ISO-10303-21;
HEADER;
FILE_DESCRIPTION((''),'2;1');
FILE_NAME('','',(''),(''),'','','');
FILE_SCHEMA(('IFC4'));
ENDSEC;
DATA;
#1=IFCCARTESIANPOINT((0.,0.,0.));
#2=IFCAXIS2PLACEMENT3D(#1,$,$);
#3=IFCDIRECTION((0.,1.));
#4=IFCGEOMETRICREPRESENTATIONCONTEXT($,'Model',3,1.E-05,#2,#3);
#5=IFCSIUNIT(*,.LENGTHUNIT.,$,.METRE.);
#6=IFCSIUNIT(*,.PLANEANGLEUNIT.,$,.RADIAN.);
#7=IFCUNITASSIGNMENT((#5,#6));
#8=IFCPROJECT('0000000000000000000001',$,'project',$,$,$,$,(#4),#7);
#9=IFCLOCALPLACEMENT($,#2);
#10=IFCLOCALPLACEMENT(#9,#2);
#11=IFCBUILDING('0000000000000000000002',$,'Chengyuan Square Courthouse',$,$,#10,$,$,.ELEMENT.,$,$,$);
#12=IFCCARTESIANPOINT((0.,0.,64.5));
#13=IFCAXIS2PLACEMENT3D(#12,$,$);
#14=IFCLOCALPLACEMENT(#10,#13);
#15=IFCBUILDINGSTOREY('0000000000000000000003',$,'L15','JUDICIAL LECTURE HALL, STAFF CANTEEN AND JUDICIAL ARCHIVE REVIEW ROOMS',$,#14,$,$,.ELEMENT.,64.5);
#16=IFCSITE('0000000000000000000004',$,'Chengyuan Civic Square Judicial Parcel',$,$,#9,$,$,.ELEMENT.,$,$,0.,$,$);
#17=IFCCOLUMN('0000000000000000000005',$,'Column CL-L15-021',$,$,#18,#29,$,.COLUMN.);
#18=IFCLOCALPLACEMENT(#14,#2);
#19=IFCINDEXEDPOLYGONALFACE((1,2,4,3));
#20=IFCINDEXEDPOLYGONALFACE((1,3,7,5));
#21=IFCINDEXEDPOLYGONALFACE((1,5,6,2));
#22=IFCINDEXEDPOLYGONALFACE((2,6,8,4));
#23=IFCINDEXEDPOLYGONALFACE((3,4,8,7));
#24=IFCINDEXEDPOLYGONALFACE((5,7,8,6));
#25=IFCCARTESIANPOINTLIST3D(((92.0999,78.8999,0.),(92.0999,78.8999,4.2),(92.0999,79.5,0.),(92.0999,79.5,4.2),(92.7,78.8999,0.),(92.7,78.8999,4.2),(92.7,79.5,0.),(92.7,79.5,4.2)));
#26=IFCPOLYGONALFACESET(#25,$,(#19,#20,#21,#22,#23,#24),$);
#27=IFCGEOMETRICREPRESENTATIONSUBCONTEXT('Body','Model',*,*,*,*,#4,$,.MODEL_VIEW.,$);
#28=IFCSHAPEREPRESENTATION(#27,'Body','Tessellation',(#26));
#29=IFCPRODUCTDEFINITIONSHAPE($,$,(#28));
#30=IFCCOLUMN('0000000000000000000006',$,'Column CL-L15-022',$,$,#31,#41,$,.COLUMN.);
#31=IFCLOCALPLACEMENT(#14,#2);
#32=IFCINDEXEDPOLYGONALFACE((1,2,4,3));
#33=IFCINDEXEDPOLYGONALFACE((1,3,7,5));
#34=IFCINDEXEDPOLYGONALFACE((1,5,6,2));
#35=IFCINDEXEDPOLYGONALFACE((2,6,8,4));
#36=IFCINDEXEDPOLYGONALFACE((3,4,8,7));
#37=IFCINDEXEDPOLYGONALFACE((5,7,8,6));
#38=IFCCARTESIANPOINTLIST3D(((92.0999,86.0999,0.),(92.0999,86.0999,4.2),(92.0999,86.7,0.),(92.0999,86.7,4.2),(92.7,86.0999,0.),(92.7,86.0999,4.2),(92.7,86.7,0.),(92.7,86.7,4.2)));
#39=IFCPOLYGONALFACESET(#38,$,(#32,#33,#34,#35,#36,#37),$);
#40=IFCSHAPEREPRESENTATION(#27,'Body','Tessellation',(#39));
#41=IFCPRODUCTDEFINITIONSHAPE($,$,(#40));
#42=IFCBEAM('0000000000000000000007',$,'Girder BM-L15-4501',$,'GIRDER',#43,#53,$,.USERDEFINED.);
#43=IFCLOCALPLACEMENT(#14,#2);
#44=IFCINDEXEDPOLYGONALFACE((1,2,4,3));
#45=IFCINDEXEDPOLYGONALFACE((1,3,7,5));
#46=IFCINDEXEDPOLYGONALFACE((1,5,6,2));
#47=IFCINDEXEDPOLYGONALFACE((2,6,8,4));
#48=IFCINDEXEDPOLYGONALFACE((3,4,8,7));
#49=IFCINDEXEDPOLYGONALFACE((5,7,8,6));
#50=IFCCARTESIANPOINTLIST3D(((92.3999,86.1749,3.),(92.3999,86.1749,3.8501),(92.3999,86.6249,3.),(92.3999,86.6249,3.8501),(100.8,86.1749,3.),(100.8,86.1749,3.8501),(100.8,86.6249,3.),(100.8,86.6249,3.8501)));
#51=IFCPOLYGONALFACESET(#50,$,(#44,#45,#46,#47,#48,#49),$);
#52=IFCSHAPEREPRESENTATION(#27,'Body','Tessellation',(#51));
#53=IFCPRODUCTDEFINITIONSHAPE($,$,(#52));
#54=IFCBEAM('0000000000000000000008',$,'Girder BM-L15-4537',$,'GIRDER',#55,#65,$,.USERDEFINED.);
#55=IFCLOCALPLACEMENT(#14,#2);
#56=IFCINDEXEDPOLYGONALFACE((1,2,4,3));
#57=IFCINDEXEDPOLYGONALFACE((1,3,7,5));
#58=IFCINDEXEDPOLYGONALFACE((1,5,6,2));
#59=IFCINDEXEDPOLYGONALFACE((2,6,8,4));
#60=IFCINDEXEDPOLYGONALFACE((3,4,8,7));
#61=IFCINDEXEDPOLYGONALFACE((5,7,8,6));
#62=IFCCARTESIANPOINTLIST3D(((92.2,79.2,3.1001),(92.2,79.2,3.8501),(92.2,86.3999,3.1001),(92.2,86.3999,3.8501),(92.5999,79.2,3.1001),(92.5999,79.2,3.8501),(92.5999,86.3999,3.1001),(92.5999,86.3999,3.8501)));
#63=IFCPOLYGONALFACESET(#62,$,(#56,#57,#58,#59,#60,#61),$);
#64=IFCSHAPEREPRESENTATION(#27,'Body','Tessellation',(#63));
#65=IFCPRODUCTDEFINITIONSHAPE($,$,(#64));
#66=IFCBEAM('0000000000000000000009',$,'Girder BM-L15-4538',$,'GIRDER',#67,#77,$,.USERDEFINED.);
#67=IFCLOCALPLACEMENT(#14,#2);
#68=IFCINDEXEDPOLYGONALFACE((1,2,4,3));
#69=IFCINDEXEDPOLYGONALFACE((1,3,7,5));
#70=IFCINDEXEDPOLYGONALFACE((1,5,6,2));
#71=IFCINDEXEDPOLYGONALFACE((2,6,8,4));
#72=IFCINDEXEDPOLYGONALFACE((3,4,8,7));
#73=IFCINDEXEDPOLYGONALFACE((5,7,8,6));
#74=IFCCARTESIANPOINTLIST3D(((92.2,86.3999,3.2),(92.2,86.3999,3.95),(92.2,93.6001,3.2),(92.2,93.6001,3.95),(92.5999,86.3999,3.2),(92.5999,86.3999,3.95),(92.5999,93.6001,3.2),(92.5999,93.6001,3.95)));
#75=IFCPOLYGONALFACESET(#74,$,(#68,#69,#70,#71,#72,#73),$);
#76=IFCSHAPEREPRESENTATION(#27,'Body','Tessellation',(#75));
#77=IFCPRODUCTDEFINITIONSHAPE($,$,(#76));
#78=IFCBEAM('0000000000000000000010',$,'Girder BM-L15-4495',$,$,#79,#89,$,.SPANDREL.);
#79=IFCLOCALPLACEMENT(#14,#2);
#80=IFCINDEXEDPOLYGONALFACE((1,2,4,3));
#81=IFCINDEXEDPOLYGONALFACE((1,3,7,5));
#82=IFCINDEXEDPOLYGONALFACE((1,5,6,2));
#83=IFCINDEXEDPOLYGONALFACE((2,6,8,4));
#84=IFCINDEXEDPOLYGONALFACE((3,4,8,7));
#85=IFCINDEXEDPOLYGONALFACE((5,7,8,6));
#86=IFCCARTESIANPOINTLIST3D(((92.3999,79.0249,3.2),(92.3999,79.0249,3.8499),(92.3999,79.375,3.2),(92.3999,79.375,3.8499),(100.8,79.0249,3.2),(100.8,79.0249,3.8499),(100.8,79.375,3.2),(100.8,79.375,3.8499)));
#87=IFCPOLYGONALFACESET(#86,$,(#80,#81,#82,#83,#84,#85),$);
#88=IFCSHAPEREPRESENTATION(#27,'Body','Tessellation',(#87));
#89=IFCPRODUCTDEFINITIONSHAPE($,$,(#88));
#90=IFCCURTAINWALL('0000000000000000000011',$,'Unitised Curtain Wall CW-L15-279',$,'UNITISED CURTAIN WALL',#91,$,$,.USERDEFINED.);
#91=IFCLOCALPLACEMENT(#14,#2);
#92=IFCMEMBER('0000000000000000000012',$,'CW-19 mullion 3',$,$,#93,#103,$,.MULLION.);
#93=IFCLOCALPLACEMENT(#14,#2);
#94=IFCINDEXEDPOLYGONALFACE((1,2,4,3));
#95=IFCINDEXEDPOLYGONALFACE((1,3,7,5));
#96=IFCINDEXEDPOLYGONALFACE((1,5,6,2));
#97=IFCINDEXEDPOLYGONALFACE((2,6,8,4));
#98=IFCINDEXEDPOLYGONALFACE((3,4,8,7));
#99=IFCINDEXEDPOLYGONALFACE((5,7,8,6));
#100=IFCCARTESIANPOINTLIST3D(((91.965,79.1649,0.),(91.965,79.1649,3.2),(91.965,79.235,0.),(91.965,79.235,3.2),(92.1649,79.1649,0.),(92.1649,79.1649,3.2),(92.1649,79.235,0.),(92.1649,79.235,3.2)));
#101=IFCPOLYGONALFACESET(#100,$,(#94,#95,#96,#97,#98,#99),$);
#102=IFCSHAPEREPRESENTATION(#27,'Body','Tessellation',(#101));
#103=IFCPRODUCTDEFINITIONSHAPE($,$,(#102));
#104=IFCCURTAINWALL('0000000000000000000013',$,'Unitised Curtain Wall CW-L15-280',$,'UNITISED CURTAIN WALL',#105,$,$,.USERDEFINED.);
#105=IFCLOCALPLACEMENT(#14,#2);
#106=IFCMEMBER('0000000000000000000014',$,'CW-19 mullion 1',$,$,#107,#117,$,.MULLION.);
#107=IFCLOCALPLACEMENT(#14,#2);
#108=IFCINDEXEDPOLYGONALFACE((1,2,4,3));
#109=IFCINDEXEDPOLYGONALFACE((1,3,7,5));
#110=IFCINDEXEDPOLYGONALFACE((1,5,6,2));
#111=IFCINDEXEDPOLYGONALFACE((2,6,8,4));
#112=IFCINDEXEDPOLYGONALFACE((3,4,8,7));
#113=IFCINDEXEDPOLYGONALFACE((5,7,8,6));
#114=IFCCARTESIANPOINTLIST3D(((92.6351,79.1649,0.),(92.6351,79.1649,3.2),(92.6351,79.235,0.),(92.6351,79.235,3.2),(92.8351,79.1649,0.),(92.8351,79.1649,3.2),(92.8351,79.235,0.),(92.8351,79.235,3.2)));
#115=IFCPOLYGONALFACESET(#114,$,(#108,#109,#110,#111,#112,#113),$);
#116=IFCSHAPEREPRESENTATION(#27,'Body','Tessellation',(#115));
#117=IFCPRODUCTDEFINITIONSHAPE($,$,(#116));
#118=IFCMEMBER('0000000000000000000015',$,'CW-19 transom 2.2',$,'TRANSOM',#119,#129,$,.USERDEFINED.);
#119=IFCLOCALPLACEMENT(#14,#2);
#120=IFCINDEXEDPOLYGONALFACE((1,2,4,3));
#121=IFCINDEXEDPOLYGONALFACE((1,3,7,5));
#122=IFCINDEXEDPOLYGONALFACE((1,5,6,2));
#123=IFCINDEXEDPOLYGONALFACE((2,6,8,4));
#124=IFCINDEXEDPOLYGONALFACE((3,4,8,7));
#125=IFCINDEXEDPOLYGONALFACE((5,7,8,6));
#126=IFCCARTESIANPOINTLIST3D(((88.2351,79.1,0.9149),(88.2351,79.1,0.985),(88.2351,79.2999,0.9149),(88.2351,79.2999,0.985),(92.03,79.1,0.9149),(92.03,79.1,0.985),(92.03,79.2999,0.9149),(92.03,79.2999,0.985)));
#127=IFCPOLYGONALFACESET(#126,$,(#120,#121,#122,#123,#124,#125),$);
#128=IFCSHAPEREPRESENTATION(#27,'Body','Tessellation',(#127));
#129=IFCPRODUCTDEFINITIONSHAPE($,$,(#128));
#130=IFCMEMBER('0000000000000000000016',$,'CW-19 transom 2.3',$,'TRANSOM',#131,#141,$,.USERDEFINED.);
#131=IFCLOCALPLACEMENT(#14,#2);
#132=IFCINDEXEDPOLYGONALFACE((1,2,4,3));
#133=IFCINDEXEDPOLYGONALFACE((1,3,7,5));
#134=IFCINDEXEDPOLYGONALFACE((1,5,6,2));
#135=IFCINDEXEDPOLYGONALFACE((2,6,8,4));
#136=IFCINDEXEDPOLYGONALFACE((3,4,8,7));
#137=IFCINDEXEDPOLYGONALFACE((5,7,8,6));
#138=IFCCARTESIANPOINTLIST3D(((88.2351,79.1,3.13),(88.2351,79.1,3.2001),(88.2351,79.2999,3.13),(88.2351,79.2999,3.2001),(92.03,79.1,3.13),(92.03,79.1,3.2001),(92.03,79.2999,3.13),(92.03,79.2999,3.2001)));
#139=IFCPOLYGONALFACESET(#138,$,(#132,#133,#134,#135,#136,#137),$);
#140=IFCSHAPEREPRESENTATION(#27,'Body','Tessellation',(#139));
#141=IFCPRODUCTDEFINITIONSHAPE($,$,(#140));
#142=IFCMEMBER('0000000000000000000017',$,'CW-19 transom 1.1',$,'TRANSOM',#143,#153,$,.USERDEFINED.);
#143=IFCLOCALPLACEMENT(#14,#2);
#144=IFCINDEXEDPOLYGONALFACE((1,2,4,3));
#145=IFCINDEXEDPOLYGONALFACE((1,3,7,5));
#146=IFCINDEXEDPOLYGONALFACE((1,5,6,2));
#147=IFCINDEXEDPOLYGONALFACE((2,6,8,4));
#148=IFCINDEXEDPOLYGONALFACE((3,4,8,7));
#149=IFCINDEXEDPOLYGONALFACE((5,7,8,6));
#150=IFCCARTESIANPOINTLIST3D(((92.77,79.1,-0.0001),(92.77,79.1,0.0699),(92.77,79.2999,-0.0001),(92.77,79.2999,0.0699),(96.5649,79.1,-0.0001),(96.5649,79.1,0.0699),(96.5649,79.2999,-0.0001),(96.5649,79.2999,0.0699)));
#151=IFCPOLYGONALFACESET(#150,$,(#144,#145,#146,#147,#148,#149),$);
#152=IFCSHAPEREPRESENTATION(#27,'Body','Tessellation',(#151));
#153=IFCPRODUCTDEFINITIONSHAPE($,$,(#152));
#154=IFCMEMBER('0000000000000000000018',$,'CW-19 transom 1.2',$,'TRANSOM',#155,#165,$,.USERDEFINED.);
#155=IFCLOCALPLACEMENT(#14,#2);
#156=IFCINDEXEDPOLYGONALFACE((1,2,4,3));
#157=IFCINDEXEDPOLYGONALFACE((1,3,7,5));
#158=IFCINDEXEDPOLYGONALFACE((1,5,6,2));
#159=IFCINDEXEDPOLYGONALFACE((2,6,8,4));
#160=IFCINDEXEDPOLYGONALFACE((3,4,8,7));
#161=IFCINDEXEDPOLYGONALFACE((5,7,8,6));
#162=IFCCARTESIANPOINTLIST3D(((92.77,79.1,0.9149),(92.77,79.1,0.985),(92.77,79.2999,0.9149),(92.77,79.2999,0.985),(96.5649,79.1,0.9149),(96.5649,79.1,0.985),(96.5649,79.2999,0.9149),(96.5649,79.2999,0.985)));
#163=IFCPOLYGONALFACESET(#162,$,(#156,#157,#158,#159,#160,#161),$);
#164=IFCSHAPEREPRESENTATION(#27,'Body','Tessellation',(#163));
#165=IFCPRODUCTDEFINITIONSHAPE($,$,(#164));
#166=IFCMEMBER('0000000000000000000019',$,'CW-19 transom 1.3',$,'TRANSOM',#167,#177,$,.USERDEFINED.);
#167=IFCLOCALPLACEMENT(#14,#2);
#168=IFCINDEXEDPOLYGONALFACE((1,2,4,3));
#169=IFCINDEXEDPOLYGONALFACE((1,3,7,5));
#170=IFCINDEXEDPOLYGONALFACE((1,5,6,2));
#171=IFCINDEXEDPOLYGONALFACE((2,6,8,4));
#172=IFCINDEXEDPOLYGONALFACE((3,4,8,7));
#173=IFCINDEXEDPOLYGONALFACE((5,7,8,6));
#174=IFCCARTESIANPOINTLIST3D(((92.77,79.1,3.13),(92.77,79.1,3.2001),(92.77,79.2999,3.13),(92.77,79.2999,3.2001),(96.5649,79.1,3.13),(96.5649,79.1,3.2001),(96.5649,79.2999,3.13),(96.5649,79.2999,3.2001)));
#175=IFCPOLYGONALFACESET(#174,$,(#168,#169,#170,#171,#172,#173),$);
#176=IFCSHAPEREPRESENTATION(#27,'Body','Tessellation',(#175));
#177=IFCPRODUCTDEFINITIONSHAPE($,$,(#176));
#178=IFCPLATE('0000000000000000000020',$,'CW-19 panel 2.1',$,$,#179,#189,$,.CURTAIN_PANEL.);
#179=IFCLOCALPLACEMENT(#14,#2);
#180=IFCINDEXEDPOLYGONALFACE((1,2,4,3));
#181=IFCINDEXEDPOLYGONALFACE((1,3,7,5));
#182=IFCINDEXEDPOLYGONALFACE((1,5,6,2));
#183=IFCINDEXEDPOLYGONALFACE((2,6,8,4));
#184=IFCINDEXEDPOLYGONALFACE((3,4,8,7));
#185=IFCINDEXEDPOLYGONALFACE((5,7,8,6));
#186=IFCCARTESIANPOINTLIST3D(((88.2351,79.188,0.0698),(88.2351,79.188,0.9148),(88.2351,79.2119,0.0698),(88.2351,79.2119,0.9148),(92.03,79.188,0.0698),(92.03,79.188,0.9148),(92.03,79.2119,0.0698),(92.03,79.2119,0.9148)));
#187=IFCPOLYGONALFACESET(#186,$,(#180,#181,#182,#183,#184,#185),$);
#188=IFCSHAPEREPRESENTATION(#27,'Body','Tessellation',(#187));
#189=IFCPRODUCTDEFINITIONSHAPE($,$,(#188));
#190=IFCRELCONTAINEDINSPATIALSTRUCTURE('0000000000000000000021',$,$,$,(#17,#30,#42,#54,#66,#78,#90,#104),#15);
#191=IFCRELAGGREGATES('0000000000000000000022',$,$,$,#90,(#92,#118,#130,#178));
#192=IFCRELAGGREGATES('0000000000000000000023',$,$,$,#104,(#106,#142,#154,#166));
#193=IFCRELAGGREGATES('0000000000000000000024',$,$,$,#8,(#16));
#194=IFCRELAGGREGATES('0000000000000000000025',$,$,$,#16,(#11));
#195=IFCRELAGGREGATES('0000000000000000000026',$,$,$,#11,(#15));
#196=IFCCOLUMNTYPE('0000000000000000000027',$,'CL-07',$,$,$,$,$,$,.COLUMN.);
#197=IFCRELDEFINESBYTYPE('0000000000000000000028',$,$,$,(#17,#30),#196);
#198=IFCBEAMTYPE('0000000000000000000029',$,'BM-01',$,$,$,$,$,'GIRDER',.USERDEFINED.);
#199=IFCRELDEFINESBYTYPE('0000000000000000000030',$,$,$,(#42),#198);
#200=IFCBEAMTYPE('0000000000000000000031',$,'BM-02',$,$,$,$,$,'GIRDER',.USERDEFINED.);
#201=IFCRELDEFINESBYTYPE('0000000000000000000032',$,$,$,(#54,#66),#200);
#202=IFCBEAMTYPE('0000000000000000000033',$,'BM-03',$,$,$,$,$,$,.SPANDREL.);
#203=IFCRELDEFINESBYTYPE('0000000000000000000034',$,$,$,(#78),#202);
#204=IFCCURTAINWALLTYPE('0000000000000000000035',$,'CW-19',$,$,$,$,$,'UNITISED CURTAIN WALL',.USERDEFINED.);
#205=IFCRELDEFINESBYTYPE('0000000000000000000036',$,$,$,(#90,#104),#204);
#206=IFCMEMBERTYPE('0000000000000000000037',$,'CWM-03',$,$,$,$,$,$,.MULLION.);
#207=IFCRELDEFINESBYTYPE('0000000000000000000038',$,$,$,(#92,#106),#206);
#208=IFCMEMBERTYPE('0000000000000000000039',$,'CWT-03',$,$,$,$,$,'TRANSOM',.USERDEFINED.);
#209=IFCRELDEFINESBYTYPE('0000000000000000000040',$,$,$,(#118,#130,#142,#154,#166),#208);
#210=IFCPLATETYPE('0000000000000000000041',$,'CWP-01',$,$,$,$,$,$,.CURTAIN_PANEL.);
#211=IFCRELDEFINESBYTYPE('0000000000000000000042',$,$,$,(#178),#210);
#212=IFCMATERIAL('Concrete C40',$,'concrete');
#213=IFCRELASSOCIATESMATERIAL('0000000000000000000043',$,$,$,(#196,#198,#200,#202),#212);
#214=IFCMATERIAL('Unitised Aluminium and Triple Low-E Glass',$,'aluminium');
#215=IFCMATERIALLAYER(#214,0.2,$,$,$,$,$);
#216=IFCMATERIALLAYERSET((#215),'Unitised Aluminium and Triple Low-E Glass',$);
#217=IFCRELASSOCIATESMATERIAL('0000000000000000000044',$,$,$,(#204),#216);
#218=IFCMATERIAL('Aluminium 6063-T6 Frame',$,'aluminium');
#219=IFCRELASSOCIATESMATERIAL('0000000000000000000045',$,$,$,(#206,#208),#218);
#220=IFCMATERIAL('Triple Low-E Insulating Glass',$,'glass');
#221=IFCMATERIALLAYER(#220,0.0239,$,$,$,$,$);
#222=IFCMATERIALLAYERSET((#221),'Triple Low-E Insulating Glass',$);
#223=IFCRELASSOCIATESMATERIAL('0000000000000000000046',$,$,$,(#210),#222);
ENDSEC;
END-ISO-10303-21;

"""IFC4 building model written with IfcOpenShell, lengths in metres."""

from ifc_helpers import new_model, si_unit, direction, frame, origin, origin_2d, place, context, subcontext, project, spatial, rectangle, extrude, material, layer, layer_set, material_profile, profile_set, type_object, element, aggregate, save


model = new_model("IFC4")

# Units and contexts
model_context = context("Model", 3, precision=1e-05, world=origin(), true_north=direction((0.0, 1.0)))
body_context = subcontext(model_context, "Body", "Model", "MODEL_VIEW")
ifc_project = project(units=[si_unit("LENGTHUNIT", "METRE"), si_unit("PLANEANGLEUNIT", "RADIAN")], contexts=[model_context])

# Site, building, storey
site_placement = place(None, origin())
site = spatial("IfcSite", under=ifc_project, at=site_placement, Name="Chengyuan Civic Square Judicial Parcel", CompositionType="ELEMENT", RefElevation=0.0)
building_placement = place(site_placement, origin())
building = spatial("IfcBuilding", under=site, at=building_placement, Name="Chengyuan Square Courthouse", CompositionType="ELEMENT")
storey_placement = place(building_placement, frame((0.0, 0.0, 64.5)))
storey = spatial("IfcBuildingStorey", under=building, at=storey_placement, Name="L15", Description="JUDICIAL LECTURE HALL, STAFF CANTEEN AND JUDICIAL ARCHIVE REVIEW ROOMS", CompositionType="ELEMENT", Elevation=64.5)

# Columns
ifc_material_1 = material(Name="Concrete C40", Category="concrete")
ifc_material_profile_1 = material_profile(ifc_material_1, rectangle(XDim=0.6001, YDim=0.6001, at=origin_2d()), Name="RC-COL-600x600")
ifc_profile_set_1 = profile_set([ifc_material_profile_1], Name="Concrete C40")
column_type = type_object("IfcColumnType", Name="CL-07", PredefinedType="COLUMN", material=ifc_profile_set_1)
for number, where, z_axis, x_axis, name in (
    (1, (92.3999, 79.2, 0.0), (0.0, 0.0, 1.0), (1.0, 0.0, 0.0), "Column CL-L15-021"),
    (2, (92.3999, 86.3999, 0.0), (0.0, 0.0, 1.0), (1.0, 0.0, 0.0), "Column CL-L15-022"),
):
    element("IfcColumn", number, at=place(storey_placement, frame(where, z_axis=z_axis, x_axis=x_axis)), inside=storey, type_object=column_type, Name=name, PredefinedType="COLUMN", context=body_context, shape_type="SweptSolid", body=[
        extrude(rectangle(XDim=0.6001, YDim=0.6001, at=origin_2d()), origin(), (0.0, 0.0, 1.0), 4.2),
    ])

# Beams
ifc_material_profile_2 = material_profile(ifc_material_1, rectangle(XDim=0.45, YDim=0.8501, at=origin_2d()), Name="RC-BM-450x850")
ifc_profile_set_2 = profile_set([ifc_material_profile_2], Name="Concrete C40")
beam_type_1 = type_object("IfcBeamType", Name="BM-01", ElementType="GIRDER", PredefinedType="USERDEFINED", material=ifc_profile_set_2)
beam_1_placement = place(storey_placement, frame((92.3999, 86.3999, 3.425), z_axis=(1.0, 0.0, 0.0), x_axis=(0.0, 1.0, 0.0)))
element("IfcBeam", 3, at=beam_1_placement, inside=storey, type_object=beam_type_1, Name="Girder BM-L15-4501", ObjectType="GIRDER", PredefinedType="USERDEFINED", context=body_context, shape_type="SweptSolid", body=[
    extrude(rectangle(XDim=0.45, YDim=0.8501, at=origin_2d()), origin(), (0.0, 0.0, 1.0), 8.4001),
])
ifc_material_profile_3 = material_profile(ifc_material_1, rectangle(XDim=0.3999, YDim=0.75, at=origin_2d()), Name="RC-BM-400x750")
ifc_profile_set_3 = profile_set([ifc_material_profile_3], Name="Concrete C40")
beam_type_2 = type_object("IfcBeamType", Name="BM-02", ElementType="GIRDER", PredefinedType="USERDEFINED", material=ifc_profile_set_3)
beam_2_placement = place(storey_placement, frame((92.3999, 79.2, 3.4751), z_axis=(0.0, 1.0, 0.0), x_axis=(-1.0, 0.0, 0.0)))
element("IfcBeam", 4, at=beam_2_placement, inside=storey, type_object=beam_type_2, Name="Girder BM-L15-4537", ObjectType="GIRDER", PredefinedType="USERDEFINED", context=body_context, shape_type="SweptSolid", body=[
    extrude(rectangle(XDim=0.3999, YDim=0.75, at=origin_2d()), origin(), (0.0, 0.0, 1.0), 7.2),
])
beam_3_placement = place(storey_placement, frame((92.3999, 86.3999, 3.575), z_axis=(0.0, 1.0, 0.0), x_axis=(-1.0, 0.0, 0.0)))
element("IfcBeam", 5, at=beam_3_placement, inside=storey, type_object=beam_type_2, Name="Girder BM-L15-4538", ObjectType="GIRDER", PredefinedType="USERDEFINED", context=body_context, shape_type="SweptSolid", body=[
    extrude(rectangle(XDim=0.3999, YDim=0.75, at=origin_2d()), origin(), (0.0, 0.0, 1.0), 7.2002),
])
ifc_material_profile_4 = material_profile(ifc_material_1, rectangle(XDim=0.3501, YDim=0.6499, at=origin_2d()), Name="RC-BM-350x650")
ifc_profile_set_4 = profile_set([ifc_material_profile_4], Name="Concrete C40")
beam_type_3 = type_object("IfcBeamType", Name="BM-03", PredefinedType="SPANDREL", material=ifc_profile_set_4)
beam_4_placement = place(storey_placement, frame((92.3999, 79.2, 3.5249), z_axis=(1.0, 0.0, 0.0), x_axis=(0.0, 1.0, 0.0)))
element("IfcBeam", 6, at=beam_4_placement, inside=storey, type_object=beam_type_3, Name="Girder BM-L15-4495", PredefinedType="SPANDREL", context=body_context, shape_type="SweptSolid", body=[
    extrude(rectangle(XDim=0.3501, YDim=0.6499, at=origin_2d()), origin(), (0.0, 0.0, 1.0), 8.4001),
])

# Curtain walls, members
ifc_material_2 = material(Name="Unitised Aluminium and Triple Low-E Glass", Category="aluminium")
ifc_layer_1 = layer(ifc_material_2, 0.2)
ifc_layer_set_1 = layer_set([ifc_layer_1], Name="Unitised Aluminium and Triple Low-E Glass")
curtain_wall_type = type_object("IfcCurtainWallType", Name="CW-19", ElementType="UNITISED CURTAIN WALL", PredefinedType="USERDEFINED", material=ifc_layer_set_1)
curtain_wall_1_placement = place(storey_placement, origin())
curtain_wall_1 = element("IfcCurtainWall", 7, at=curtain_wall_1_placement, inside=storey, type_object=curtain_wall_type, Name="Unitised Curtain Wall CW-L15-279", ObjectType="UNITISED CURTAIN WALL", PredefinedType="USERDEFINED")
ifc_material_3 = material(Name="Aluminium 6063-T6 Frame", Category="aluminium")
ifc_material_profile_5 = material_profile(ifc_material_3, rectangle(XDim=0.0701, YDim=0.2, at=origin_2d()), Name="CW-MUL-70x200")
ifc_profile_set_5 = profile_set([ifc_material_profile_5], Name="Aluminium 6063-T6 Frame")
member_type_1 = type_object("IfcMemberType", Name="CWM-03", PredefinedType="MULLION", material=ifc_profile_set_5)
member_1_placement = place(storey_placement, frame((92.0649, 79.2, 0.0), z_axis=(0.0, 0.0, 1.0), x_axis=(0.0, 1.0, 0.0)))
member_1 = element("IfcMember", 8, at=member_1_placement, type_object=member_type_1, Name="CW-19 mullion 3", PredefinedType="MULLION", context=body_context, shape_type="SweptSolid", body=[
    extrude(rectangle(XDim=0.0701, YDim=0.2, at=origin_2d()), origin(), (0.0, 0.0, 1.0), 3.2),
])
curtain_wall_2_placement = place(storey_placement, origin())
curtain_wall_2 = element("IfcCurtainWall", 9, at=curtain_wall_2_placement, inside=storey, type_object=curtain_wall_type, Name="Unitised Curtain Wall CW-L15-280", ObjectType="UNITISED CURTAIN WALL", PredefinedType="USERDEFINED")
member_2_placement = place(storey_placement, frame((92.7351, 79.2, 0.0), z_axis=(0.0, 0.0, 1.0), x_axis=(0.0, 1.0, 0.0)))
member_2 = element("IfcMember", 10, at=member_2_placement, type_object=member_type_1, Name="CW-19 mullion 1", PredefinedType="MULLION", context=body_context, shape_type="SweptSolid", body=[
    extrude(rectangle(XDim=0.0701, YDim=0.2, at=origin_2d()), origin(), (0.0, 0.0, 1.0), 3.2),
])

# Members
ifc_material_profile_6 = material_profile(ifc_material_3, rectangle(XDim=0.2, YDim=0.0701, at=origin_2d()), Name="CW-TRN-70x160")
ifc_profile_set_6 = profile_set([ifc_material_profile_6], Name="Aluminium 6063-T6 Frame")
member_type_2 = type_object("IfcMemberType", Name="CWT-03", ElementType="TRANSOM", PredefinedType="USERDEFINED", material=ifc_profile_set_6)
member_3_placement = place(storey_placement, frame((88.2351, 79.2, 0.95), z_axis=(1.0, 0.0, 0.0), x_axis=(0.0, 1.0, 0.0)))
member_3 = element("IfcMember", 11, at=member_3_placement, type_object=member_type_2, Name="CW-19 transom 2.2", ObjectType="TRANSOM", PredefinedType="USERDEFINED", context=body_context, shape_type="SweptSolid", body=[
    extrude(rectangle(XDim=0.2, YDim=0.0701, at=origin_2d()), origin(), (0.0, 0.0, 1.0), 3.7949),
])
member_4_placement = place(storey_placement, frame((88.2351, 79.2, 3.165), z_axis=(1.0, 0.0, 0.0), x_axis=(0.0, 1.0, 0.0)))
member_4 = element("IfcMember", 12, at=member_4_placement, type_object=member_type_2, Name="CW-19 transom 2.3", ObjectType="TRANSOM", PredefinedType="USERDEFINED", context=body_context, shape_type="SweptSolid", body=[
    extrude(rectangle(XDim=0.2, YDim=0.0701, at=origin_2d()), origin(), (0.0, 0.0, 1.0), 3.7949),
])
member_5_placement = place(storey_placement, frame((92.77, 79.2, 0.0349), z_axis=(1.0, 0.0, 0.0), x_axis=(0.0, 1.0, 0.0)))
member_5 = element("IfcMember", 13, at=member_5_placement, type_object=member_type_2, Name="CW-19 transom 1.1", ObjectType="TRANSOM", PredefinedType="USERDEFINED", context=body_context, shape_type="SweptSolid", body=[
    extrude(rectangle(XDim=0.2, YDim=0.0701, at=origin_2d()), origin(), (0.0, 0.0, 1.0), 3.7949),
])
member_6_placement = place(storey_placement, frame((92.77, 79.2, 0.95), z_axis=(1.0, 0.0, 0.0), x_axis=(0.0, 1.0, 0.0)))
member_6 = element("IfcMember", 14, at=member_6_placement, type_object=member_type_2, Name="CW-19 transom 1.2", ObjectType="TRANSOM", PredefinedType="USERDEFINED", context=body_context, shape_type="SweptSolid", body=[
    extrude(rectangle(XDim=0.2, YDim=0.0701, at=origin_2d()), origin(), (0.0, 0.0, 1.0), 3.7949),
])
member_7_placement = place(storey_placement, frame((92.77, 79.2, 3.165), z_axis=(1.0, 0.0, 0.0), x_axis=(0.0, 1.0, 0.0)))
member_7 = element("IfcMember", 15, at=member_7_placement, type_object=member_type_2, Name="CW-19 transom 1.3", ObjectType="TRANSOM", PredefinedType="USERDEFINED", context=body_context, shape_type="SweptSolid", body=[
    extrude(rectangle(XDim=0.2, YDim=0.0701, at=origin_2d()), origin(), (0.0, 0.0, 1.0), 3.7949),
])

# Plate
ifc_material_4 = material(Name="Triple Low-E Insulating Glass", Category="glass")
ifc_layer_2 = layer(ifc_material_4, 0.0239)
ifc_layer_set_2 = layer_set([ifc_layer_2], Name="Triple Low-E Insulating Glass")
plate_type = type_object("IfcPlateType", Name="CWP-01", PredefinedType="CURTAIN_PANEL", material=ifc_layer_set_2)
plate_1_placement = place(storey_placement, frame((90.1326, 79.2, 0.0698), z_axis=(0.0, 0.0, 1.0), x_axis=(1.0, 0.0, 0.0)))
plate_1 = element("IfcPlate", 16, at=plate_1_placement, type_object=plate_type, Name="CW-19 panel 2.1", PredefinedType="CURTAIN_PANEL", context=body_context, shape_type="SweptSolid", body=[
    extrude(rectangle(XDim=3.7949, YDim=0.0239, at=origin_2d()), origin(), (0.0, 0.0, 1.0), 0.845),
])
aggregate(curtain_wall_1, [member_1, member_3, member_4, plate_1])
aggregate(curtain_wall_2, [member_2, member_5, member_6, member_7])

save(model, "model.ifc")
